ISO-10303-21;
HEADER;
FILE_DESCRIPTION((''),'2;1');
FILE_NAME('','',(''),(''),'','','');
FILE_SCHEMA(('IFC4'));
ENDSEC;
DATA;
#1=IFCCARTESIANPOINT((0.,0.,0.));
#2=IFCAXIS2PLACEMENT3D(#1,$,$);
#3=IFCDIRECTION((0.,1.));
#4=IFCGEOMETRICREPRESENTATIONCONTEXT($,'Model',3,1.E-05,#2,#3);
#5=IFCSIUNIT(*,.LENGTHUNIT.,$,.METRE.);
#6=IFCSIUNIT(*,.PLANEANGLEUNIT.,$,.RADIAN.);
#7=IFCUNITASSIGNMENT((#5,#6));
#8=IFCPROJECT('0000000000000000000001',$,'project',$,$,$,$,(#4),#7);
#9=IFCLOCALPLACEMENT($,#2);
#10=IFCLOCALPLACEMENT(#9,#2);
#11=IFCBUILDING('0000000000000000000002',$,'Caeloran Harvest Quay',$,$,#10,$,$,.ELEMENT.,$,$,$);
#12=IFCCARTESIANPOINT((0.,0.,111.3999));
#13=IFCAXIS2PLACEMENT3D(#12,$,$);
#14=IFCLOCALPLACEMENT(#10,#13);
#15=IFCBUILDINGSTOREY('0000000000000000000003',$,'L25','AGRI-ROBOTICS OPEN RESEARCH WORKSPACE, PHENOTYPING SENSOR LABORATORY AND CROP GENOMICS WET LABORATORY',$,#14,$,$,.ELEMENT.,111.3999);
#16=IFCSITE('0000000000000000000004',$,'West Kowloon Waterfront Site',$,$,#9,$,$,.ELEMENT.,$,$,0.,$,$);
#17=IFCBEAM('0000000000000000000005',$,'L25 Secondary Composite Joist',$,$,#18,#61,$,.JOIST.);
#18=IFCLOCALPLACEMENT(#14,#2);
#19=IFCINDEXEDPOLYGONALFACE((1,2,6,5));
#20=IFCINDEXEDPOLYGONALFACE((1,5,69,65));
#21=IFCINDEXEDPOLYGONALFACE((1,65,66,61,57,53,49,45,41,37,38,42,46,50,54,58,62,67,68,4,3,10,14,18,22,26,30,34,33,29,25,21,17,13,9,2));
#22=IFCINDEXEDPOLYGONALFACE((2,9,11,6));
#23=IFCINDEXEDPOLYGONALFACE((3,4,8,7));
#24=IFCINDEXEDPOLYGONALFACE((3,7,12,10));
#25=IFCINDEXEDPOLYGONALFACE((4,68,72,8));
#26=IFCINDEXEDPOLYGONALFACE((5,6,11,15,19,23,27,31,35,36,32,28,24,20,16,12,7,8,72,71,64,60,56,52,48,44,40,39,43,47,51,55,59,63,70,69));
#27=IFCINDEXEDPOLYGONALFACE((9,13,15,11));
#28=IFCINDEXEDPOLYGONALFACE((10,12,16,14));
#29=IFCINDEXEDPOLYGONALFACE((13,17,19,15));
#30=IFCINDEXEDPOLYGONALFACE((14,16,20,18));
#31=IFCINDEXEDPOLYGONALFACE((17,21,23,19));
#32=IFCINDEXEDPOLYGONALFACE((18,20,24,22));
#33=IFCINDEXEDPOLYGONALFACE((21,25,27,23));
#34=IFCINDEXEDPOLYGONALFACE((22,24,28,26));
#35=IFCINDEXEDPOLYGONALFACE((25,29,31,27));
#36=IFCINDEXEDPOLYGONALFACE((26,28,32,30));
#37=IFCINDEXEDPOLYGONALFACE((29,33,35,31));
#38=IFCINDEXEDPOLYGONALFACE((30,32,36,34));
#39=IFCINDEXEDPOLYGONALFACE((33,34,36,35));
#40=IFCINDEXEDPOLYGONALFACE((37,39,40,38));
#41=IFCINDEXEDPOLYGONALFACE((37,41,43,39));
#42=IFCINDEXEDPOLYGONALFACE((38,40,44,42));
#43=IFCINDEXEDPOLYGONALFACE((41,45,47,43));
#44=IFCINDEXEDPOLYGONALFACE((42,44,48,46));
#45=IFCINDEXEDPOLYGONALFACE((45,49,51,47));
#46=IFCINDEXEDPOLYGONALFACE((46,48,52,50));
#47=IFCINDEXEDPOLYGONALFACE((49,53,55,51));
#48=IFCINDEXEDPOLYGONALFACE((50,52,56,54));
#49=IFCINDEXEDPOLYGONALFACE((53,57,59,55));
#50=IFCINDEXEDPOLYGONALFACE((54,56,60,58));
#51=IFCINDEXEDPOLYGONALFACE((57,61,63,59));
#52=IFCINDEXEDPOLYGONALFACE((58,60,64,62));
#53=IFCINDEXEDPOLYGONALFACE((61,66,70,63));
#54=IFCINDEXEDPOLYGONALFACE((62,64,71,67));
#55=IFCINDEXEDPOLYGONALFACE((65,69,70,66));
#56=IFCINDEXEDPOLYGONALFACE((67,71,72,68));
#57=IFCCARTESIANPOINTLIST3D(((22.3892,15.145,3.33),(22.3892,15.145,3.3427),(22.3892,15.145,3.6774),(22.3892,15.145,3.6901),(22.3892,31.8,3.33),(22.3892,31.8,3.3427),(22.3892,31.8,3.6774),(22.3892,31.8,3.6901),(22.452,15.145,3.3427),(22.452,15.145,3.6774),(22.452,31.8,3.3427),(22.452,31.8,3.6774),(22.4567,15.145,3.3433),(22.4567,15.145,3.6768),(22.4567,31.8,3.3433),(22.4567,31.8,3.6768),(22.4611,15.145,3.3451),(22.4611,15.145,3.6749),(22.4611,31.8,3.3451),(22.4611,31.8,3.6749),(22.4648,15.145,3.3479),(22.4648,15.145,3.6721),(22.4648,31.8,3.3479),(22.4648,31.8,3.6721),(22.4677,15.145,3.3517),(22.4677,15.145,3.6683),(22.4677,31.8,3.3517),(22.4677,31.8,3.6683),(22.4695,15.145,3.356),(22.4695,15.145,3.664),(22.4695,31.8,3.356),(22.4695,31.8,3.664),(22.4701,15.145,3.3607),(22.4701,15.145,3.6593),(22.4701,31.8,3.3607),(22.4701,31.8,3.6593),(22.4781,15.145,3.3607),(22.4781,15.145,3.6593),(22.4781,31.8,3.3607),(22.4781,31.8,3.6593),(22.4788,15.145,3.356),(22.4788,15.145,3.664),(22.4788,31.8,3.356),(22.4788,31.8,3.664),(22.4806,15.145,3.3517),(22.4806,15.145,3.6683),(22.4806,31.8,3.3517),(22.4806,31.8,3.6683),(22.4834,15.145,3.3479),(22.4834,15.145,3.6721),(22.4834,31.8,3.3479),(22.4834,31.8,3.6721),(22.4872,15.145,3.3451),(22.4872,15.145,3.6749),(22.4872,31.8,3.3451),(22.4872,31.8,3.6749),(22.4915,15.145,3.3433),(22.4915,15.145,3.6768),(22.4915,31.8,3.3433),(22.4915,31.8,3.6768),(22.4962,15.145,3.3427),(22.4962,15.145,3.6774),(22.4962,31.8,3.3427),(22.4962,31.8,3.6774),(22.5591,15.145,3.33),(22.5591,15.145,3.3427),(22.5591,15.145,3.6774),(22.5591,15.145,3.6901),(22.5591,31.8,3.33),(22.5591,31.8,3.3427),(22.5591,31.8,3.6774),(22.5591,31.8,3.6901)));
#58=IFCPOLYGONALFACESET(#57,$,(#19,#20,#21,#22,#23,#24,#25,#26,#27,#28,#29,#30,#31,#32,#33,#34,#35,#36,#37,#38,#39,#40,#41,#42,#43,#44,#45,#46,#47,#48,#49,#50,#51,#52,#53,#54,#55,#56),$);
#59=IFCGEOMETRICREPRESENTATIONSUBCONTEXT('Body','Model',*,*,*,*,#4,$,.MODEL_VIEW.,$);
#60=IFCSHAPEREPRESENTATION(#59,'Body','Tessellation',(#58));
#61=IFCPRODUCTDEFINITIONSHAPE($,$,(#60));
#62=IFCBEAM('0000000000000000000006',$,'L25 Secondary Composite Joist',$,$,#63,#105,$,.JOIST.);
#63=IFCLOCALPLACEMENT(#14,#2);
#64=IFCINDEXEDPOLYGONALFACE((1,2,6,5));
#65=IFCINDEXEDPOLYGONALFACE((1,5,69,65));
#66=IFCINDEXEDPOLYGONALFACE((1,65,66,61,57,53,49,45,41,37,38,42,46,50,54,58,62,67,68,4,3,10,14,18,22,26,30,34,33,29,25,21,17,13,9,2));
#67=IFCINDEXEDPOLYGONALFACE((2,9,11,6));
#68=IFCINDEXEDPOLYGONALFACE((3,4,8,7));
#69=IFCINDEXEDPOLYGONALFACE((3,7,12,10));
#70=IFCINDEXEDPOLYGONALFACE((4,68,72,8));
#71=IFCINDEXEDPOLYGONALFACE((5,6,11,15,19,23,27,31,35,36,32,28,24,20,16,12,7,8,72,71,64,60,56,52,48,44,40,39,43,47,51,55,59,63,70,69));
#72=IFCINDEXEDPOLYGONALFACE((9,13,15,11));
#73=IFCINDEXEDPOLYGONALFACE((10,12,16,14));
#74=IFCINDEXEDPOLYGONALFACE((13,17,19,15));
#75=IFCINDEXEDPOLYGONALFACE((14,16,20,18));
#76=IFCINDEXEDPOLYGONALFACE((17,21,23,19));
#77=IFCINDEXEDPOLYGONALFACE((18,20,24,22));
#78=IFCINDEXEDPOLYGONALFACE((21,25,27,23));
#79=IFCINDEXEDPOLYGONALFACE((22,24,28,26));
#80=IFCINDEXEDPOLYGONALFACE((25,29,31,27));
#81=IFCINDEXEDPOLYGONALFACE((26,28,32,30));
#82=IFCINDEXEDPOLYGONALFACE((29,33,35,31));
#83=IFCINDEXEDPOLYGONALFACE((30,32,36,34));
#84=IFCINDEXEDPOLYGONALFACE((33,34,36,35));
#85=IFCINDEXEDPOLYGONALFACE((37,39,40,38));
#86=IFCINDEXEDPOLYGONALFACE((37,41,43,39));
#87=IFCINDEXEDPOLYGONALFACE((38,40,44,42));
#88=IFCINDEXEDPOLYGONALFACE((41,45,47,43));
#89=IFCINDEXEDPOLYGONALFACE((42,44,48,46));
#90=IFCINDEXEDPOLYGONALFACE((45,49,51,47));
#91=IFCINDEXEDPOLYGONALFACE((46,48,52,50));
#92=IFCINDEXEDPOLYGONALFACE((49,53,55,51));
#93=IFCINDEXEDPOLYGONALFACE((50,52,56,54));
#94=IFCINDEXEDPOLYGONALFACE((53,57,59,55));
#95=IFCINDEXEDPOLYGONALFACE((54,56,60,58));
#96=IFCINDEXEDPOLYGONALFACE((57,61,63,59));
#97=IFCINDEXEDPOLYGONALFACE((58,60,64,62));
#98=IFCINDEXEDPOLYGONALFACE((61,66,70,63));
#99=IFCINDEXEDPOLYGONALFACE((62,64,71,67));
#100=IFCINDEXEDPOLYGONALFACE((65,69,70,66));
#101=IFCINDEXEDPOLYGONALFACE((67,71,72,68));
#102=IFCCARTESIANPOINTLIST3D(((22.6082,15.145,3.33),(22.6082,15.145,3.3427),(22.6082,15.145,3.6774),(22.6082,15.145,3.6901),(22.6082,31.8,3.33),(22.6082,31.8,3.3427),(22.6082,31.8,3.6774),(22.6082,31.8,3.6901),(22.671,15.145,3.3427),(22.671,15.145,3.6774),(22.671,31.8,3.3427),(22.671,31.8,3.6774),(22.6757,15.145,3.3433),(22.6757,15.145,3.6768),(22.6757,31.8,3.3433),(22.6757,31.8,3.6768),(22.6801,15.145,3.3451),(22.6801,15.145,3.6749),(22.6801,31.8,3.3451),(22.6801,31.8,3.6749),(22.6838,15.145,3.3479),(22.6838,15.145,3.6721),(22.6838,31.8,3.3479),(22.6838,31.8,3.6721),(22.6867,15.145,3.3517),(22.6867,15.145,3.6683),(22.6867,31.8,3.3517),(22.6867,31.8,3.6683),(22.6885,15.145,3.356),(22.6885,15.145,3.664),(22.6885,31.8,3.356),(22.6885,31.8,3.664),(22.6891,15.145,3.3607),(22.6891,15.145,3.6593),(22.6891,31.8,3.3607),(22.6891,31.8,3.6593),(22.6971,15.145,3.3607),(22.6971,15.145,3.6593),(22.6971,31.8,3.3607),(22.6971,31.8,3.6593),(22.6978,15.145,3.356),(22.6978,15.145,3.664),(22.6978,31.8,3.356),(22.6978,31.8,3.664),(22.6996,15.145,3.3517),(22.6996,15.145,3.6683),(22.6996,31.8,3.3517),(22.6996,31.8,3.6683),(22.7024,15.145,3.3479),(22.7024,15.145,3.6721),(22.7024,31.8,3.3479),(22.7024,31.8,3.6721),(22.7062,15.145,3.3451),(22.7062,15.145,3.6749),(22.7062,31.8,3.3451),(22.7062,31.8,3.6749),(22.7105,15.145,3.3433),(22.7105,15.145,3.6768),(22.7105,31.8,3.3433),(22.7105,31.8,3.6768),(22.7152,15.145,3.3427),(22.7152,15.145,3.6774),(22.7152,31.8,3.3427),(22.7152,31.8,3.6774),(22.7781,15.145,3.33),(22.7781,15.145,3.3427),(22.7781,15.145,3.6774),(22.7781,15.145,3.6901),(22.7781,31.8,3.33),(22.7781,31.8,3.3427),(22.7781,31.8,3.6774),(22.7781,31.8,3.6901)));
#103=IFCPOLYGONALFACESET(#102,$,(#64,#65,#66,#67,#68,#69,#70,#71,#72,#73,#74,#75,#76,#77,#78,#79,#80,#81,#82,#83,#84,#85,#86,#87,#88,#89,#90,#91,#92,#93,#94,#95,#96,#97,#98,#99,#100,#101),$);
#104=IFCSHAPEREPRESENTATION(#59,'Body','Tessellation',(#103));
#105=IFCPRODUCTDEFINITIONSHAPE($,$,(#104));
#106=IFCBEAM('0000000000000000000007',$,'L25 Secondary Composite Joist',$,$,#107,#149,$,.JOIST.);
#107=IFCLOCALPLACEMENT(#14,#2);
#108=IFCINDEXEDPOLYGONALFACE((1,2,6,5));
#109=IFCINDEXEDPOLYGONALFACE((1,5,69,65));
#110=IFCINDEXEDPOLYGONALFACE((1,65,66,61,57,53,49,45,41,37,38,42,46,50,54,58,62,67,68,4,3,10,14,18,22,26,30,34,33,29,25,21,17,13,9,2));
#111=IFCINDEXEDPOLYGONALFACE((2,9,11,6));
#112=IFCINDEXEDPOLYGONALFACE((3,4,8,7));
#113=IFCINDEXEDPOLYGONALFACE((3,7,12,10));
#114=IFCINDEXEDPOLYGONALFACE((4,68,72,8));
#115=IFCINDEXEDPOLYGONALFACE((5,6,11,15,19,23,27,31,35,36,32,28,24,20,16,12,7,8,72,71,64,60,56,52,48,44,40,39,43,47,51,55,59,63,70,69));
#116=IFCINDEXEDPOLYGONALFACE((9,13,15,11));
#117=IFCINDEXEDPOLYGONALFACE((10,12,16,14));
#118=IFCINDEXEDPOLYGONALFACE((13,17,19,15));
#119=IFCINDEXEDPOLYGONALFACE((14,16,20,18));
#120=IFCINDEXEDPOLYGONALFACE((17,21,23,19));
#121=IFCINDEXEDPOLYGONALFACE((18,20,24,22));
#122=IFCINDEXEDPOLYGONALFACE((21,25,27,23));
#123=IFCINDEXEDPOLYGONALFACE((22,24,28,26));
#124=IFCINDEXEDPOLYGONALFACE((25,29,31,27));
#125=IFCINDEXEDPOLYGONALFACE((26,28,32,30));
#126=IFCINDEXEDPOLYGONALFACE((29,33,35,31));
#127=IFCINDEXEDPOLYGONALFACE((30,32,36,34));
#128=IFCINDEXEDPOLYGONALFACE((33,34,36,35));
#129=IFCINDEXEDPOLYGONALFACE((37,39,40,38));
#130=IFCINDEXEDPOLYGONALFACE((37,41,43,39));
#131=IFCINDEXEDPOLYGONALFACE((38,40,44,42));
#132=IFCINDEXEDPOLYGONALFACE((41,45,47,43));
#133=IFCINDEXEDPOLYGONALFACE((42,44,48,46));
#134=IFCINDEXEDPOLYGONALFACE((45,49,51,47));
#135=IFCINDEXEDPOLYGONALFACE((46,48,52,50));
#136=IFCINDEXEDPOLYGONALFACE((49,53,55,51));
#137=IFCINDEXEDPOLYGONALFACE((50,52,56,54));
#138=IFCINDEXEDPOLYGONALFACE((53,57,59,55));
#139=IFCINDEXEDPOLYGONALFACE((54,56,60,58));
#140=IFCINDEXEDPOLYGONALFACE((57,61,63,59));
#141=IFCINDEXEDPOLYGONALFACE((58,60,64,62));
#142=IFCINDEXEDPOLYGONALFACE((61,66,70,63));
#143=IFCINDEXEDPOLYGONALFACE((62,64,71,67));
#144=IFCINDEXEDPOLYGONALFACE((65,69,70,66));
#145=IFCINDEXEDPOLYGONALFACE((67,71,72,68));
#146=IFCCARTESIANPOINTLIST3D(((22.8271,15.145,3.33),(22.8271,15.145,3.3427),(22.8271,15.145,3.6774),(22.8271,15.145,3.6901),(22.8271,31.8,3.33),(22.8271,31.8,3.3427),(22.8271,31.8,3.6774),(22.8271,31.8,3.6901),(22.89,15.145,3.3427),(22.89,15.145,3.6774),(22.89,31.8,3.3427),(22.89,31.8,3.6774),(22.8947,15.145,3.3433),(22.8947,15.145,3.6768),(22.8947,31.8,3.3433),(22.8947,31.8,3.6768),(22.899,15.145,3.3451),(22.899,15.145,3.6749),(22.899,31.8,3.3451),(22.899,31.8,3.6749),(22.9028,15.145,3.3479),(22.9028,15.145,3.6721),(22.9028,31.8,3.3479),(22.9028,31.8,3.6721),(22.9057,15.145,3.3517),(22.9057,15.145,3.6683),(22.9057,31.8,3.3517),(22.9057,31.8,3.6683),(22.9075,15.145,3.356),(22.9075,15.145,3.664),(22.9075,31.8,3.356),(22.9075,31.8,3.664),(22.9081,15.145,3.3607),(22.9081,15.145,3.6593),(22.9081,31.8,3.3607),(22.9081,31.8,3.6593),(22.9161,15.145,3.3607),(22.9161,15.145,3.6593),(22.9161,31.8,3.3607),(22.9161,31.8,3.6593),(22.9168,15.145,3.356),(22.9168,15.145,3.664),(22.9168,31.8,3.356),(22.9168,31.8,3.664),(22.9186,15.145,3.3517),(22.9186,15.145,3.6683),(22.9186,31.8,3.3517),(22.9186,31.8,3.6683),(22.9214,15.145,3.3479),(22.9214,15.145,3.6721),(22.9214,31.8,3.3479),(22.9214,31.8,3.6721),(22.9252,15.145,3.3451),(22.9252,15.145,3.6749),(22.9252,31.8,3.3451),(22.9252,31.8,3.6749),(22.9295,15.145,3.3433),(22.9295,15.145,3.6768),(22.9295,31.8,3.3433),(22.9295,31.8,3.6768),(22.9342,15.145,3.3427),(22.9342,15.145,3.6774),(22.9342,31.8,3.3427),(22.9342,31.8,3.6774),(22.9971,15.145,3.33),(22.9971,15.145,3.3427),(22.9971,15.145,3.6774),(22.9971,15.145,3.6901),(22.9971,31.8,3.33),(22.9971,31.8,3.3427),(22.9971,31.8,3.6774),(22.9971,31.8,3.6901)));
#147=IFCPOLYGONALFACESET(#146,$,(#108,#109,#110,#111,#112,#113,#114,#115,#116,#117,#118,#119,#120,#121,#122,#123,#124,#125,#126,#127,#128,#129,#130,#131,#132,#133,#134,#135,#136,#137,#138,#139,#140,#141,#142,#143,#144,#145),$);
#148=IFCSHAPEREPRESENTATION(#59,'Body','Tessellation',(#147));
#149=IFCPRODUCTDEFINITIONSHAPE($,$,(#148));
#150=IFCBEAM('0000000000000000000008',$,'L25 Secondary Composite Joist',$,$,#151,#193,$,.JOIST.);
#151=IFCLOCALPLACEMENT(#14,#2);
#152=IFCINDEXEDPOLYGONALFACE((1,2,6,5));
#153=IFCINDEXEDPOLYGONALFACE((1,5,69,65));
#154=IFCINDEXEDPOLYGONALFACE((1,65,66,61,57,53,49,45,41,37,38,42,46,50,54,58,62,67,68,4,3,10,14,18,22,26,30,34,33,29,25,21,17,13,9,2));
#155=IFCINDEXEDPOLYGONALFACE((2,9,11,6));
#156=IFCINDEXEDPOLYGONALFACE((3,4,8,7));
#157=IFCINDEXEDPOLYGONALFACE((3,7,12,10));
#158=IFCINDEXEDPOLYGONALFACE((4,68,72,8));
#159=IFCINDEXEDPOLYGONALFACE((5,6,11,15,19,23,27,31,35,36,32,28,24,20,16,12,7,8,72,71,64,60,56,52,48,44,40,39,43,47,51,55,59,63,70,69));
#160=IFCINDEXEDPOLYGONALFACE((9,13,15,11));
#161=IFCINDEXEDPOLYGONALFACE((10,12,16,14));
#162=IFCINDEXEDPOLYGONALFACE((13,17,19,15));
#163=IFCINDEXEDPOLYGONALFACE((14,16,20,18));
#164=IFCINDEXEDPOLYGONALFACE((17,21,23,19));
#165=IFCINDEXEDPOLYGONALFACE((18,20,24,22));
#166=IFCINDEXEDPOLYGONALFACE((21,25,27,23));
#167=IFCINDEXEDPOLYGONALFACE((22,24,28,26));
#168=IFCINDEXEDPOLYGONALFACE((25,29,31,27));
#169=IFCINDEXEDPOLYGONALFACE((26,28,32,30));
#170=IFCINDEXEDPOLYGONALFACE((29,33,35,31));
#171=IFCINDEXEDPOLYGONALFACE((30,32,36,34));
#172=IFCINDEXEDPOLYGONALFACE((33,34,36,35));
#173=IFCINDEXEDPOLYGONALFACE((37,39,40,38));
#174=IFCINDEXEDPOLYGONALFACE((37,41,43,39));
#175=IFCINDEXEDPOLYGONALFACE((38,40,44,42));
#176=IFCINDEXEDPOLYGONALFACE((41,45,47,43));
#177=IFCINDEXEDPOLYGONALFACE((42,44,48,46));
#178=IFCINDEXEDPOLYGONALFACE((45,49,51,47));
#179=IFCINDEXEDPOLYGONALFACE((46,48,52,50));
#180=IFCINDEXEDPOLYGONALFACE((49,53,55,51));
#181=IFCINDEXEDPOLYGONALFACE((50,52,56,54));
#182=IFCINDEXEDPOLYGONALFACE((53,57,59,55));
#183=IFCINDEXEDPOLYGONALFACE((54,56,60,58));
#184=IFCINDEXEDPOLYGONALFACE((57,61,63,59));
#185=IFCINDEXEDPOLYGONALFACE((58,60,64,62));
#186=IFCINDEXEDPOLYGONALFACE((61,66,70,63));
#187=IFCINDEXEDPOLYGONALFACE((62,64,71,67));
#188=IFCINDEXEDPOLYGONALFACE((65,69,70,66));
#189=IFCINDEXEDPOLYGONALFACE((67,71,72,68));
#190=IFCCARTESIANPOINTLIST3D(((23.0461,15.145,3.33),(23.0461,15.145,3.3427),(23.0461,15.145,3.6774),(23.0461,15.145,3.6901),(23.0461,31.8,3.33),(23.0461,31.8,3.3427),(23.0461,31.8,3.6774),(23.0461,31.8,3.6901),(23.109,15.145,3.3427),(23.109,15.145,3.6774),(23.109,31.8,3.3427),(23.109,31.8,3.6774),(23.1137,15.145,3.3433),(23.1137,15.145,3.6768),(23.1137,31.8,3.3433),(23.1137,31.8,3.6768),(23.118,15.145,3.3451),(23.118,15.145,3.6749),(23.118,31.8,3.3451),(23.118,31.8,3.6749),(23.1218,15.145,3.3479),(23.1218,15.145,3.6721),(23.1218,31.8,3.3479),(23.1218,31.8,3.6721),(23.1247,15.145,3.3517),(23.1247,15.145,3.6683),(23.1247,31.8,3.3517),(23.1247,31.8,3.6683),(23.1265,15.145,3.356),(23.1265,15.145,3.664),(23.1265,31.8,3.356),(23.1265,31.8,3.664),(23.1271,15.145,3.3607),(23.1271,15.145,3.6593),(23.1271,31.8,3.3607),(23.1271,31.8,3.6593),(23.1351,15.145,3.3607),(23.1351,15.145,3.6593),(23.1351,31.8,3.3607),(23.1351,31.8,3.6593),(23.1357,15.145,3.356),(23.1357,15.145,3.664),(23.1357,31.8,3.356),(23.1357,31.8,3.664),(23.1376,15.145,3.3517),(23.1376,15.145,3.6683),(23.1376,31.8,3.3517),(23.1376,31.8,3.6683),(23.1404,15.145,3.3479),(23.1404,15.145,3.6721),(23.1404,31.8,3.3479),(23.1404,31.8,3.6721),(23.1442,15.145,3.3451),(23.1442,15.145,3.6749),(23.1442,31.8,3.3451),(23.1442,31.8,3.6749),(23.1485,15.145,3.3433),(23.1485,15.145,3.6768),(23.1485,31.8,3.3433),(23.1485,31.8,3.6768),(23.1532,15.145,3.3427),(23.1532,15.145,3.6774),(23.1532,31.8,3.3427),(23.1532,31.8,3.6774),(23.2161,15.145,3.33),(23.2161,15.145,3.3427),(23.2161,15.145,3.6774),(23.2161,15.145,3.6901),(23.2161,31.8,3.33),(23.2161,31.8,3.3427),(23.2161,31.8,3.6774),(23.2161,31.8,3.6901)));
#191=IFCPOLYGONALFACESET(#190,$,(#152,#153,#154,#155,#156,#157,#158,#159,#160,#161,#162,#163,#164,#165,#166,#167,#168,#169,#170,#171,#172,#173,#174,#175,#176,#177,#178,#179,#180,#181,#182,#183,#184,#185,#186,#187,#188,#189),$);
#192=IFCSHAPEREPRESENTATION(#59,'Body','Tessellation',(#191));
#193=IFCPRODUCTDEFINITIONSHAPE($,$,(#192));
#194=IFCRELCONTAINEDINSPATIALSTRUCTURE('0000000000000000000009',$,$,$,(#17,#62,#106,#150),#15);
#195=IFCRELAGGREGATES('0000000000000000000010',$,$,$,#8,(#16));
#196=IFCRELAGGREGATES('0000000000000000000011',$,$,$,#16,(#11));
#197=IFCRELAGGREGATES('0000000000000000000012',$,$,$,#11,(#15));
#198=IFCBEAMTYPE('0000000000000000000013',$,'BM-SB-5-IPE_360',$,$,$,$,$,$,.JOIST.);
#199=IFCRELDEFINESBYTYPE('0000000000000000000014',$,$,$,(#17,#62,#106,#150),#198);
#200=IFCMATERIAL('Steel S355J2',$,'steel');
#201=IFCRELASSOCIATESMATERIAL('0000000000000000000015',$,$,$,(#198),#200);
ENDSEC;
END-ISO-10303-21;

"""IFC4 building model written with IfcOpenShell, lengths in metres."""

from ifc_helpers import new_model, si_unit, direction, frame, origin, origin_2d, place, context, subcontext, project, spatial, i_section, extrude, material, material_profile, profile_set, type_object, element, save


model = new_model("IFC4")

# Units and contexts
model_context = context("Model", 3, precision=1e-05, world=origin(), true_north=direction((0.0, 1.0)))
body_context = subcontext(model_context, "Body", "Model", "MODEL_VIEW")
ifc_project = project(units=[si_unit("LENGTHUNIT", "METRE"), si_unit("PLANEANGLEUNIT", "RADIAN")], contexts=[model_context])

# Site, building, storey
site_placement = place(None, origin())
site = spatial("IfcSite", under=ifc_project, at=site_placement, Name="West Kowloon Waterfront Site", CompositionType="ELEMENT", RefElevation=0.0)
building_placement = place(site_placement, origin())
building = spatial("IfcBuilding", under=site, at=building_placement, Name="Caeloran Harvest Quay", CompositionType="ELEMENT")
storey_placement = place(building_placement, frame((0.0, 0.0, 111.3999)))
storey = spatial("IfcBuildingStorey", under=building, at=storey_placement, Name="L25", Description="AGRI-ROBOTICS OPEN RESEARCH WORKSPACE, PHENOTYPING SENSOR LABORATORY AND CROP GENOMICS WET LABORATORY", CompositionType="ELEMENT", Elevation=111.3999)

# Beams
ifc_material_1 = material(Name="Steel S355J2", Category="steel")
ifc_material_profile_1 = material_profile(ifc_material_1, i_section(OverallWidth=0.1699, OverallDepth=0.3601, WebThickness=0.0081, FlangeThickness=0.0127, FilletRadius=0.0181, at=origin_2d()), Name="IPE 360")
ifc_profile_set_1 = profile_set([ifc_material_profile_1], Name="Steel S355J2")
beam_type_1 = type_object("IfcBeamType", Name="BM-SB-5-IPE_360", PredefinedType="JOIST", material=ifc_profile_set_1)
for number, where, z_axis, x_axis, name in (
    (1, (22.4741, 15.145, 3.51), (0.0, 1.0, 0.0), (-1.0, 0.0, 0.0), "L25 Secondary Composite Joist"),
    (2, (22.6931, 15.145, 3.51), (0.0, 1.0, 0.0), (-1.0, 0.0, 0.0), "L25 Secondary Composite Joist"),
    (3, (22.9121, 15.145, 3.51), (0.0, 1.0, 0.0), (-1.0, 0.0, 0.0), "L25 Secondary Composite Joist"),
    (4, (23.1311, 15.145, 3.51), (0.0, 1.0, 0.0), (-1.0, 0.0, 0.0), "L25 Secondary Composite Joist"),
):
    element("IfcBeam", number, at=place(storey_placement, frame(where, z_axis=z_axis, x_axis=x_axis)), inside=storey, type_object=beam_type_1, Name=name, PredefinedType="JOIST", context=body_context, shape_type="SweptSolid", body=[
        extrude(i_section(OverallWidth=0.1699, OverallDepth=0.3601, WebThickness=0.0081, FlangeThickness=0.0127, FilletRadius=0.0181, at=origin_2d()), origin(), (0.0, 0.0, 1.0), 16.655),
    ])

save(model, "model.ifc")
